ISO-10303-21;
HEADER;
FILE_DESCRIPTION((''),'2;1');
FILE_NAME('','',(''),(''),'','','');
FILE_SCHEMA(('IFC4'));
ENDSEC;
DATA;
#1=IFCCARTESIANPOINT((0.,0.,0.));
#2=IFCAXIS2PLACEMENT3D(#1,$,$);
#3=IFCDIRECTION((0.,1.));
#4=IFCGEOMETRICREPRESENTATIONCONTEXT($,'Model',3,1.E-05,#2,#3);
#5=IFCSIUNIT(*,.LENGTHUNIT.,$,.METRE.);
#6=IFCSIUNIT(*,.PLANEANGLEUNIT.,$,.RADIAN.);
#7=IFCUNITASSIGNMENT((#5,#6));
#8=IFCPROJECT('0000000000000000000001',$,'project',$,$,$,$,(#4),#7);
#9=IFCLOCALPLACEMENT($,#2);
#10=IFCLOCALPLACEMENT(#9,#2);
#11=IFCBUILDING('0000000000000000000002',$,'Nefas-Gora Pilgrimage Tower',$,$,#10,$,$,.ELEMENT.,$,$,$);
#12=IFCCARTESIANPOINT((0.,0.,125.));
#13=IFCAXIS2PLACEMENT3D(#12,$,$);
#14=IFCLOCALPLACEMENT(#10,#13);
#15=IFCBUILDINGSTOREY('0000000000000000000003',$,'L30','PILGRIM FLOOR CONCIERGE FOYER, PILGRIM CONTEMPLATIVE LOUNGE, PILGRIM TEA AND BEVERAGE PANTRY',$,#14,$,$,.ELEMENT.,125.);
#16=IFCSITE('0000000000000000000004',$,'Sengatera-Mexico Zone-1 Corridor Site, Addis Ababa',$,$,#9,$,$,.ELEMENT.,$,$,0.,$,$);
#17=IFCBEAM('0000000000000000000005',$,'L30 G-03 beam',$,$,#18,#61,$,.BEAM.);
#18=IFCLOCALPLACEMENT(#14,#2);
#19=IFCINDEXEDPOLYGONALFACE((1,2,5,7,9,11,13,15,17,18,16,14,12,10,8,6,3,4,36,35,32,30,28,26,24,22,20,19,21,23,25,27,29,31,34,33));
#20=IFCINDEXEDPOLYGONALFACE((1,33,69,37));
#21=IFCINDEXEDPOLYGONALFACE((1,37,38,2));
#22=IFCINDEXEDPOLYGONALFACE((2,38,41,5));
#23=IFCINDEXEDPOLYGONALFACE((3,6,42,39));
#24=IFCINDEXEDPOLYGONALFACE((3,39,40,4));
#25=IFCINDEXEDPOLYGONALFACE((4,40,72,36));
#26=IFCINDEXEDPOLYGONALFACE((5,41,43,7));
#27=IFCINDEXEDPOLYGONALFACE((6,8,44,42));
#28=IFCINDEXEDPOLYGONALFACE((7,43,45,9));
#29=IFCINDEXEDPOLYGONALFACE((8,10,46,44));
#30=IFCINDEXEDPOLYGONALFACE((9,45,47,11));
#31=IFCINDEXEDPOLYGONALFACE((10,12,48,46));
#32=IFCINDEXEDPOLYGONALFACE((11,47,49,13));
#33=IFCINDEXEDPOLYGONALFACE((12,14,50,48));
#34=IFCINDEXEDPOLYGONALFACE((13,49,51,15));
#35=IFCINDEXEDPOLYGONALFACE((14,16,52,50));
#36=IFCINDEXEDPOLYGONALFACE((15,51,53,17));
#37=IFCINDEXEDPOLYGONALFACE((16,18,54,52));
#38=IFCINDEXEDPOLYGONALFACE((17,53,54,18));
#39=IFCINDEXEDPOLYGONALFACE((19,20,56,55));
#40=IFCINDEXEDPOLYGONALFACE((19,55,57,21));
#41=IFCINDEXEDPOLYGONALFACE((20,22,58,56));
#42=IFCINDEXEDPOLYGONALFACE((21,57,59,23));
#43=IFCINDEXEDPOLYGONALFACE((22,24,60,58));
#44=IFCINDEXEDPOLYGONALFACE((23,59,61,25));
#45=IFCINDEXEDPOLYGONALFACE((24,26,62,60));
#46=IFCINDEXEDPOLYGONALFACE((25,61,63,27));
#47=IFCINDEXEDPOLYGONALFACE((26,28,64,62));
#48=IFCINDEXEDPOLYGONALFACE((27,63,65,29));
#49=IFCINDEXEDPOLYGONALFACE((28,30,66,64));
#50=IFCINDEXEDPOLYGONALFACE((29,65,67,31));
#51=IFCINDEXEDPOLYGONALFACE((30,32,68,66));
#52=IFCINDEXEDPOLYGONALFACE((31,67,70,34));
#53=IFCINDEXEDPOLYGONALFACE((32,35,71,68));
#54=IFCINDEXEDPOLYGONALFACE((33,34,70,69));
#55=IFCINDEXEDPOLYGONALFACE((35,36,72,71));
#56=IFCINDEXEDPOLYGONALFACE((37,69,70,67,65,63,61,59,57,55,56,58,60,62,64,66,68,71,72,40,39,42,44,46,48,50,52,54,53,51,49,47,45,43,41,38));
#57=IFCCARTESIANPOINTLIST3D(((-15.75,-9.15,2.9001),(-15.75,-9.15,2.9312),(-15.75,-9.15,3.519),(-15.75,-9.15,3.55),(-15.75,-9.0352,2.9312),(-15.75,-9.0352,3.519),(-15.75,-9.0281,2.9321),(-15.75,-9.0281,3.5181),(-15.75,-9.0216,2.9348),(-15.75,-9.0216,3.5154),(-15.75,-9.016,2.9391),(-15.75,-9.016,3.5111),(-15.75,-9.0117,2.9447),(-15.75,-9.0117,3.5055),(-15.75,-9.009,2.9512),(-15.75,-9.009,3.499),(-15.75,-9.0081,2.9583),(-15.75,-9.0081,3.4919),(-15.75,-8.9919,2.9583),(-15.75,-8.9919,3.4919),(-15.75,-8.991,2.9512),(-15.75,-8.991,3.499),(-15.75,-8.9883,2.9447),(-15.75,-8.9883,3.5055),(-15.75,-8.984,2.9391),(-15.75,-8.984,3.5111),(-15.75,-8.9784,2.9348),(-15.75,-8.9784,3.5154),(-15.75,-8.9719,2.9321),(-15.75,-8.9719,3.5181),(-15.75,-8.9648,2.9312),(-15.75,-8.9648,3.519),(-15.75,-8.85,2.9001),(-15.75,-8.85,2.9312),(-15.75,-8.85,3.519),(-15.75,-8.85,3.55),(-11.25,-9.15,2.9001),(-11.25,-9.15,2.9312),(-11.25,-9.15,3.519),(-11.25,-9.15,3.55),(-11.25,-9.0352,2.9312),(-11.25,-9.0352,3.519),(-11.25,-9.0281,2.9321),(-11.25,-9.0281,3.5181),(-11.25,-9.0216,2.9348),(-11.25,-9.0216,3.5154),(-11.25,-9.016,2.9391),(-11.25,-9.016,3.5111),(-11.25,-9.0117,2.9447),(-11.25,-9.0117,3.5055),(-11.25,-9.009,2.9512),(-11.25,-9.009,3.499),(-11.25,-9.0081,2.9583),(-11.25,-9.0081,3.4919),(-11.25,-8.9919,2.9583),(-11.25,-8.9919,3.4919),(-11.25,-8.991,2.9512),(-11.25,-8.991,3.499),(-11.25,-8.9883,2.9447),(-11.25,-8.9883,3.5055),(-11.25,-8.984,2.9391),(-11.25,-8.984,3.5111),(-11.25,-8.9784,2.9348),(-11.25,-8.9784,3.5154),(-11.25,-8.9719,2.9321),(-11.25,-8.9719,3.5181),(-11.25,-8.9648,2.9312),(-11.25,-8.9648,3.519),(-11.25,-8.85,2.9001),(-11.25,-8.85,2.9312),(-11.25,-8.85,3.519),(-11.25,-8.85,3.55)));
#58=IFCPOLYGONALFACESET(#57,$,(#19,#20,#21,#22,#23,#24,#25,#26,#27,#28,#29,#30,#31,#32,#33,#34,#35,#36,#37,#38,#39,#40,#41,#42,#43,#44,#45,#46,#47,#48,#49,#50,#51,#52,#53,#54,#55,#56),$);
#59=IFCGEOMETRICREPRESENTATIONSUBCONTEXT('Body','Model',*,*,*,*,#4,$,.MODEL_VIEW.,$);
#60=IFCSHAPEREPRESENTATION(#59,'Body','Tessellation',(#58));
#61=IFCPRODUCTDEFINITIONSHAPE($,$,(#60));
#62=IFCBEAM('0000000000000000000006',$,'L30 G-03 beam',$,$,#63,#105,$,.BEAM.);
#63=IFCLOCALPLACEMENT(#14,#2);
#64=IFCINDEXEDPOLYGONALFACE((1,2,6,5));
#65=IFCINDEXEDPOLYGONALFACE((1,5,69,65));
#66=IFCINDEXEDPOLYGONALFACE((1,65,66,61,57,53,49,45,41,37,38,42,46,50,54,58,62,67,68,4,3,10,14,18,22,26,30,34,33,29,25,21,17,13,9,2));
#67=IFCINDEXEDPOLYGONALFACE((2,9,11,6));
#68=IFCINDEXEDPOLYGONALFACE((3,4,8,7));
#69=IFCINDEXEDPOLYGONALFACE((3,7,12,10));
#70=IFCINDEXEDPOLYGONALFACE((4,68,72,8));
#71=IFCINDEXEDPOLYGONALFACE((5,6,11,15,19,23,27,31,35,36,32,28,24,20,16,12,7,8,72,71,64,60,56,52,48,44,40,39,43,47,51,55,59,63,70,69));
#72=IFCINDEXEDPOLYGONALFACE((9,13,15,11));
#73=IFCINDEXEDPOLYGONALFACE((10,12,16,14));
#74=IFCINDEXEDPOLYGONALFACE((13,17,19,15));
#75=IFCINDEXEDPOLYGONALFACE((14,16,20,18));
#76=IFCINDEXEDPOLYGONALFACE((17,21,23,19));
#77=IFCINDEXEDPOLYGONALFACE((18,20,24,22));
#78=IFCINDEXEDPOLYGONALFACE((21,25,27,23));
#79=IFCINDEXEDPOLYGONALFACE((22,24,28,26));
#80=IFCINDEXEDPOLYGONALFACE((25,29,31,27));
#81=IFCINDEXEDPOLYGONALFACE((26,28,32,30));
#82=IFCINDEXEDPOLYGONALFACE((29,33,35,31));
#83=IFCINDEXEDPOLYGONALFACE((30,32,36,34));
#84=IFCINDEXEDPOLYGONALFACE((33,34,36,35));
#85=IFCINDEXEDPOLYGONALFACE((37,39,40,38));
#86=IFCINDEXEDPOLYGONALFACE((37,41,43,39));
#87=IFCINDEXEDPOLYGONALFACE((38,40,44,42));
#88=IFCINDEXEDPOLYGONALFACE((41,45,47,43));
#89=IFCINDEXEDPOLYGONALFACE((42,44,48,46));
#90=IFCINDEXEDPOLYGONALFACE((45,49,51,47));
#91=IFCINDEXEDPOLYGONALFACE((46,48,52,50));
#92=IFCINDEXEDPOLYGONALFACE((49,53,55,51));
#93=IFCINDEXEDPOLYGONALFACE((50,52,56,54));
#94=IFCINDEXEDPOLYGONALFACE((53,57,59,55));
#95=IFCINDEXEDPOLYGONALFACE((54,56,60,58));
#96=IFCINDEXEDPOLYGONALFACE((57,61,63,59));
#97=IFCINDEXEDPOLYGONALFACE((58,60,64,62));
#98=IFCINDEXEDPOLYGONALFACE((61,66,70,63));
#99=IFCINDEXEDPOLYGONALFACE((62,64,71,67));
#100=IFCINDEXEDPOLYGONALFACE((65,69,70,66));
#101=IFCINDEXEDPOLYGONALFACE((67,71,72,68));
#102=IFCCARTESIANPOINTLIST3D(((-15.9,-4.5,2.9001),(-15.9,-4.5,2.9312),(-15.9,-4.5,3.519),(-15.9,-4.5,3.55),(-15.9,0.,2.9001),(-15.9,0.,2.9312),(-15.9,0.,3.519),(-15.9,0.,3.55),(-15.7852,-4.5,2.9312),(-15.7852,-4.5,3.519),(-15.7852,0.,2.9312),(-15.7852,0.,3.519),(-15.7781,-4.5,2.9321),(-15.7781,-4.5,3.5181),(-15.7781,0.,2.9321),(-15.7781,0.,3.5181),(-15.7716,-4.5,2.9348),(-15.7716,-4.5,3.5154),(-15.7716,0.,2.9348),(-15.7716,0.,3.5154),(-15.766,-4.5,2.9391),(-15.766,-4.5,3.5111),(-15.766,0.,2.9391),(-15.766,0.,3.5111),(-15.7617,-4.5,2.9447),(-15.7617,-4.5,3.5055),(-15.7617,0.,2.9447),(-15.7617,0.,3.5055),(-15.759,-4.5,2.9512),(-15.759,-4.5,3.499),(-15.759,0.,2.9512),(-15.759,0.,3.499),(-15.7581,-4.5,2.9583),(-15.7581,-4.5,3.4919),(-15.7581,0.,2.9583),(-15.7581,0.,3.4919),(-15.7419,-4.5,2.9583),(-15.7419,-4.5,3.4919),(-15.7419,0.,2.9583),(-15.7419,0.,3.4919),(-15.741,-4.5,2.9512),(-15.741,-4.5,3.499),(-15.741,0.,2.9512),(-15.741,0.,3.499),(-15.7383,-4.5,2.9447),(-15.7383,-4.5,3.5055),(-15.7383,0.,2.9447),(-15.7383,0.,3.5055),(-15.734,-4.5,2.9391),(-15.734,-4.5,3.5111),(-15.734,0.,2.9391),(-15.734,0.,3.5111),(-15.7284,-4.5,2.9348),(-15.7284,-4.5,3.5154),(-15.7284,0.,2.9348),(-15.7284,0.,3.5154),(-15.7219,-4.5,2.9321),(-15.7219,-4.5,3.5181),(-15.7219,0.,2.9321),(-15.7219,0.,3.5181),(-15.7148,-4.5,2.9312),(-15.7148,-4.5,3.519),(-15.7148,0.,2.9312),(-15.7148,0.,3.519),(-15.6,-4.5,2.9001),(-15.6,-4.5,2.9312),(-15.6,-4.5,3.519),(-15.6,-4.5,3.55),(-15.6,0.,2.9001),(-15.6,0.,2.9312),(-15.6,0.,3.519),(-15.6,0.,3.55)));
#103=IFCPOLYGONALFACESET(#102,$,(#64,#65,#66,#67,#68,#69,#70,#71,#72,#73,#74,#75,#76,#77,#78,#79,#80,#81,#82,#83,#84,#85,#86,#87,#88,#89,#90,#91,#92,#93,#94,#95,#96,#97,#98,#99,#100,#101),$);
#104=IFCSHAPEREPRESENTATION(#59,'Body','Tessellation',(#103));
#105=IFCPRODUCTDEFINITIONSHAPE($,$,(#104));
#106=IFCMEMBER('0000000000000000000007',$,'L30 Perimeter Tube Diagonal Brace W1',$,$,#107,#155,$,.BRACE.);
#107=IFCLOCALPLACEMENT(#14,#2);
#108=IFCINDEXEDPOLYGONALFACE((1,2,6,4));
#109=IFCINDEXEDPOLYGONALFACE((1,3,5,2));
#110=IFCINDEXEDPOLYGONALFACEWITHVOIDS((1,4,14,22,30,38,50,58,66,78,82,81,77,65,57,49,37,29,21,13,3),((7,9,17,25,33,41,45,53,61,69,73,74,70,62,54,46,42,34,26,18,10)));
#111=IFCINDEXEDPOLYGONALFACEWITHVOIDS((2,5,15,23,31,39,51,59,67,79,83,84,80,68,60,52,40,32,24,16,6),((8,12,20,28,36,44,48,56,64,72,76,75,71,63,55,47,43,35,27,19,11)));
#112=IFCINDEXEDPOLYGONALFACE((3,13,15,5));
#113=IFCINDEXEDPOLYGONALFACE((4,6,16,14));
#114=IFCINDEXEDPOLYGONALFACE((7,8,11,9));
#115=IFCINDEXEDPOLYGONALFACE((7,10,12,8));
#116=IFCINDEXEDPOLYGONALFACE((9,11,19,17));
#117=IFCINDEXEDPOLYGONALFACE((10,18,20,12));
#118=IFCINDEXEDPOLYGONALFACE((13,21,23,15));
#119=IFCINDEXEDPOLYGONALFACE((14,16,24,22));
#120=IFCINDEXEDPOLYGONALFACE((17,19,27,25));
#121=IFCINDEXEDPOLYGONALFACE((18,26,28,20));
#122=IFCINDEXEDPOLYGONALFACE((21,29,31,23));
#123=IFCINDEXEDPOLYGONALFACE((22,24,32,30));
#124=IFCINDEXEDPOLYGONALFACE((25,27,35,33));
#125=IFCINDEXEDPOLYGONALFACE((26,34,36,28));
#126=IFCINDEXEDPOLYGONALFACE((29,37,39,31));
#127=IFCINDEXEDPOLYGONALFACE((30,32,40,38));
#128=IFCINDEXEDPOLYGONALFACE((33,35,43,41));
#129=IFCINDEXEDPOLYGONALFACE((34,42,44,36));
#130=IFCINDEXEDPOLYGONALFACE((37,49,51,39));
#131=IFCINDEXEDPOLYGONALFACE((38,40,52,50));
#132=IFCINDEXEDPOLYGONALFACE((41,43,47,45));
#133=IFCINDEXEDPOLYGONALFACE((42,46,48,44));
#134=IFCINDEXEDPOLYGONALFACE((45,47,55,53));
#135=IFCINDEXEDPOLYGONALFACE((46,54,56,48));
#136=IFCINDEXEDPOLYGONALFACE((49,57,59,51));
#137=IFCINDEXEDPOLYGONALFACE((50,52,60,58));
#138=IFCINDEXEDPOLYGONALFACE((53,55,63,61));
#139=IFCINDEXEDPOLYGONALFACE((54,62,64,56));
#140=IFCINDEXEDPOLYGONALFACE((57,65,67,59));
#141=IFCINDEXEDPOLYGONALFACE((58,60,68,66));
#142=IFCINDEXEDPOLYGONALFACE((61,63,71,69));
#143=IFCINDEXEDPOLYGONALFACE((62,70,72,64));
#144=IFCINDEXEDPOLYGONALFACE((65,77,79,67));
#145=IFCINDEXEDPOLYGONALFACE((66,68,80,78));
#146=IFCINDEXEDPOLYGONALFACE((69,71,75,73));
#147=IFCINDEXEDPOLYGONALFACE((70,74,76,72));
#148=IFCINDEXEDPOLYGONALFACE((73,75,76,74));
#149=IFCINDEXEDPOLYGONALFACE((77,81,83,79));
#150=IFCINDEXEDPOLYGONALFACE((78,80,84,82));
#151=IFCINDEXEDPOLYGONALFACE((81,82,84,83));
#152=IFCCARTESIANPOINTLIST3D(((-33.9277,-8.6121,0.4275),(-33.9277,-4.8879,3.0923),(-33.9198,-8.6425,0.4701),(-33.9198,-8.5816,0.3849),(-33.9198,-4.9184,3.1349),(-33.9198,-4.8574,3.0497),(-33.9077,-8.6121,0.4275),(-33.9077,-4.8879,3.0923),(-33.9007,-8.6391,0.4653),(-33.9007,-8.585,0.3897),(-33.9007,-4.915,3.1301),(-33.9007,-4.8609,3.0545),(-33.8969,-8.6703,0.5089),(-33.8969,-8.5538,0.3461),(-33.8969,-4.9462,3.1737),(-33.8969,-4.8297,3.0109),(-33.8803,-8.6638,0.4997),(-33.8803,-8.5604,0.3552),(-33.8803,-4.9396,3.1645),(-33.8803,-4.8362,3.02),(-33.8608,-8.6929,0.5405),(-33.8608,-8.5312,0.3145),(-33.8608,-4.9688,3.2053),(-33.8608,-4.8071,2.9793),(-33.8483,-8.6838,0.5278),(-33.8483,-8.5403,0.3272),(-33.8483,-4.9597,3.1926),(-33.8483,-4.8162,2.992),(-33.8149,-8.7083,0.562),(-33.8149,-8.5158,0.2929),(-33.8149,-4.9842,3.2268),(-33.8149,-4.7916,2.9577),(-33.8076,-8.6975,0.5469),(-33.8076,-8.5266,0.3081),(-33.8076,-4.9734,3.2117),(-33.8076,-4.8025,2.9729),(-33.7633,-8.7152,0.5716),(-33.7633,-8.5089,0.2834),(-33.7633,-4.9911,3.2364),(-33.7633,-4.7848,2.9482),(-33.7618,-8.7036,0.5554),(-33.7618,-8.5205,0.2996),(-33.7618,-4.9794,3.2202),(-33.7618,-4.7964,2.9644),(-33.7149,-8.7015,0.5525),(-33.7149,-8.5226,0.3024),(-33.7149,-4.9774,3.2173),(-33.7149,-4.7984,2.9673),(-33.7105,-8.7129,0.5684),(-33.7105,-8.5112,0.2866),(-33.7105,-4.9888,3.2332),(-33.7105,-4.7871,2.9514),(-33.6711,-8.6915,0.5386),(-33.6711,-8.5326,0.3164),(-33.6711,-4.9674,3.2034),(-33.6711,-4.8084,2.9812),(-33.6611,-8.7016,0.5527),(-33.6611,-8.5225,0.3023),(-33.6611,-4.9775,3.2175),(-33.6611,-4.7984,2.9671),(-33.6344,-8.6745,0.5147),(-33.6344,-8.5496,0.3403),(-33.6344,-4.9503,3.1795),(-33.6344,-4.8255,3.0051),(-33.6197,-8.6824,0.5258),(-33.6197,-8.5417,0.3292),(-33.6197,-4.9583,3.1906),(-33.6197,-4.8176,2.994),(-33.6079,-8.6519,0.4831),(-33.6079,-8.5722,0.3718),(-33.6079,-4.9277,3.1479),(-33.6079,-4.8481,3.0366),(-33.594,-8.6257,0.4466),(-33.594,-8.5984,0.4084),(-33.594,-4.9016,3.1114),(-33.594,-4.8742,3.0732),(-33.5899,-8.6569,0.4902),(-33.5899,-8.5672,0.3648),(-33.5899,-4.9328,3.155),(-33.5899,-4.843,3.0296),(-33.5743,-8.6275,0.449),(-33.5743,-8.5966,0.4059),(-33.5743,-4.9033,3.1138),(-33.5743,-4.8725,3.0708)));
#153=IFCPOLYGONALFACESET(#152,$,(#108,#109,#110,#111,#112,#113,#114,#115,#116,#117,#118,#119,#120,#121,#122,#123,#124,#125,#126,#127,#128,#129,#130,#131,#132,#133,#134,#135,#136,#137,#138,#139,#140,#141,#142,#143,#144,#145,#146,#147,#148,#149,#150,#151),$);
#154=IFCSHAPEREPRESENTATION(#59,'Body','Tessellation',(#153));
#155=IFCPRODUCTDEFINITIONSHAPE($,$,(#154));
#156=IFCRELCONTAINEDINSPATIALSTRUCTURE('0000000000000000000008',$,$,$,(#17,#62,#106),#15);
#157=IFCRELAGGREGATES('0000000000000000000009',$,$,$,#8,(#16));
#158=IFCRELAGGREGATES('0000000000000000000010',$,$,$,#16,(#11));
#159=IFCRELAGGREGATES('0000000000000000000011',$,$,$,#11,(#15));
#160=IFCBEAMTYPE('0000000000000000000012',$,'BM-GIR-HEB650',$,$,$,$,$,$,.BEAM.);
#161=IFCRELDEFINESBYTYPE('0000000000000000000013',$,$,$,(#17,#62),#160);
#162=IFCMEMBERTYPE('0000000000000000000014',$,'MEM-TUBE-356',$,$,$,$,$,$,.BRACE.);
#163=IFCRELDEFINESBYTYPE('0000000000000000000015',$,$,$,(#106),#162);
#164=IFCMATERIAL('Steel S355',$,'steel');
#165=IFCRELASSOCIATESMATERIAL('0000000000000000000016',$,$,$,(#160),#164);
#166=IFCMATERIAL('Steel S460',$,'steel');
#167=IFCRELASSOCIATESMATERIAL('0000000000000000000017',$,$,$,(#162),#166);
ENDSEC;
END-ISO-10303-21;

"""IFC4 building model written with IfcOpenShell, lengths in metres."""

from ifc_helpers import new_model, si_unit, direction, frame, origin, origin_2d, place, context, subcontext, project, spatial, hollow_circle, i_section, extrude, source, transform, mapped, material, material_profile, profile_set, type_object, element, save


model = new_model("IFC4")

# Units and contexts
model_context = context("Model", 3, precision=1e-05, world=origin(), true_north=direction((0.0, 1.0)))
body_context = subcontext(model_context, "Body", "Model", "MODEL_VIEW")
ifc_project = project(units=[si_unit("LENGTHUNIT", "METRE"), si_unit("PLANEANGLEUNIT", "RADIAN")], contexts=[model_context])

# Site, building, storey
site_placement = place(None, origin())
site = spatial("IfcSite", under=ifc_project, at=site_placement, Name="Sengatera-Mexico Zone-1 Corridor Site, Addis Ababa", CompositionType="ELEMENT", RefElevation=0.0)
building_placement = place(site_placement, origin())
building = spatial("IfcBuilding", under=site, at=building_placement, Name="Nefas-Gora Pilgrimage Tower", CompositionType="ELEMENT")
storey_placement = place(building_placement, frame((0.0, 0.0, 125.0)))
storey = spatial("IfcBuildingStorey", under=building, at=storey_placement, Name="L30", Description="PILGRIM FLOOR CONCIERGE FOYER, PILGRIM CONTEMPLATIVE LOUNGE, PILGRIM TEA AND BEVERAGE PANTRY", CompositionType="ELEMENT", Elevation=125.0)

# Shared definitions
ifc_material_1 = material(Name="Steel S460", Category="steel")

# Beams
ifc_material_2 = material(Name="Steel S355", Category="steel")
ifc_material_profile_1 = material_profile(ifc_material_2, i_section(OverallWidth=0.3, OverallDepth=0.6499, WebThickness=0.0161, FlangeThickness=0.031, FilletRadius=0.0271, at=origin_2d()), Name="HEB 650")
ifc_profile_set_1 = profile_set([ifc_material_profile_1], Name="Steel S355")
beam_type_1 = type_object("IfcBeamType", Name="BM-GIR-HEB650", PredefinedType="BEAM", material=ifc_profile_set_1)
shared_shape_1 = source(origin(), body_context, "Body", "SweptSolid", [
    extrude(i_section(OverallWidth=0.3, OverallDepth=0.6499, WebThickness=0.0161, FlangeThickness=0.031, FilletRadius=0.0271, at=origin_2d()), origin(), (0.0, 0.0, 1.0), 4.5),
])
for number, where, z_axis, x_axis, name in (
    (1, (-15.75, -9.0, 3.2251), (1.0, 0.0, 0.0), (0.0, 1.0, 0.0), "L30 G-03 beam"),
    (2, (-15.75, -4.5, 3.2251), (0.0, 1.0, 0.0), (-1.0, 0.0, 0.0), "L30 G-03 beam"),
):
    element("IfcBeam", number, at=place(storey_placement, frame(where, z_axis=z_axis, x_axis=x_axis)), inside=storey, type_object=beam_type_1, Name=name, PredefinedType="BEAM", context=body_context, shape_type="MappedRepresentation", body=[
        mapped(shared_shape_1, transform((0.0, 0.0, 0.0), x_axis=(1.0, 0.0, 0.0), y_axis=(0.0, 1.0, 0.0), z_axis=(0.0, 0.0, 1.0), scale=1.0)),
    ])

# Member
ifc_material_profile_2 = material_profile(ifc_material_1, hollow_circle(Radius=0.1777, WallThickness=0.02, at=origin_2d()), Name="CHS 355.6x20")
ifc_profile_set_2 = profile_set([ifc_material_profile_2], Name="Steel S460")
member_type_1 = type_object("IfcMemberType", Name="MEM-TUBE-356", PredefinedType="BRACE", material=ifc_profile_set_2)
shared_shape_2 = source(origin(), body_context, "Body", "SweptSolid", [
    extrude(hollow_circle(Radius=0.1777, WallThickness=0.02, at=origin_2d()), origin(), (0.0, 0.0, 1.0), 4.5793),
])
member_1_placement = place(storey_placement, frame((-33.75, -8.6121, 0.4275), z_axis=(0.0, 0.813247, 0.581919), x_axis=(-1.0, 0.0, 0.0)))
element("IfcMember", 3, at=member_1_placement, inside=storey, type_object=member_type_1, Name="L30 Perimeter Tube Diagonal Brace W1", PredefinedType="BRACE", context=body_context, shape_type="MappedRepresentation", body=[
    mapped(shared_shape_2, transform((0.0, 0.0, 0.0), x_axis=(1.0, 0.0, 0.0), y_axis=(0.0, 1.0, 0.0), z_axis=(0.0, 0.0, 1.0), scale=1.0)),
])

save(model, "model.ifc")
